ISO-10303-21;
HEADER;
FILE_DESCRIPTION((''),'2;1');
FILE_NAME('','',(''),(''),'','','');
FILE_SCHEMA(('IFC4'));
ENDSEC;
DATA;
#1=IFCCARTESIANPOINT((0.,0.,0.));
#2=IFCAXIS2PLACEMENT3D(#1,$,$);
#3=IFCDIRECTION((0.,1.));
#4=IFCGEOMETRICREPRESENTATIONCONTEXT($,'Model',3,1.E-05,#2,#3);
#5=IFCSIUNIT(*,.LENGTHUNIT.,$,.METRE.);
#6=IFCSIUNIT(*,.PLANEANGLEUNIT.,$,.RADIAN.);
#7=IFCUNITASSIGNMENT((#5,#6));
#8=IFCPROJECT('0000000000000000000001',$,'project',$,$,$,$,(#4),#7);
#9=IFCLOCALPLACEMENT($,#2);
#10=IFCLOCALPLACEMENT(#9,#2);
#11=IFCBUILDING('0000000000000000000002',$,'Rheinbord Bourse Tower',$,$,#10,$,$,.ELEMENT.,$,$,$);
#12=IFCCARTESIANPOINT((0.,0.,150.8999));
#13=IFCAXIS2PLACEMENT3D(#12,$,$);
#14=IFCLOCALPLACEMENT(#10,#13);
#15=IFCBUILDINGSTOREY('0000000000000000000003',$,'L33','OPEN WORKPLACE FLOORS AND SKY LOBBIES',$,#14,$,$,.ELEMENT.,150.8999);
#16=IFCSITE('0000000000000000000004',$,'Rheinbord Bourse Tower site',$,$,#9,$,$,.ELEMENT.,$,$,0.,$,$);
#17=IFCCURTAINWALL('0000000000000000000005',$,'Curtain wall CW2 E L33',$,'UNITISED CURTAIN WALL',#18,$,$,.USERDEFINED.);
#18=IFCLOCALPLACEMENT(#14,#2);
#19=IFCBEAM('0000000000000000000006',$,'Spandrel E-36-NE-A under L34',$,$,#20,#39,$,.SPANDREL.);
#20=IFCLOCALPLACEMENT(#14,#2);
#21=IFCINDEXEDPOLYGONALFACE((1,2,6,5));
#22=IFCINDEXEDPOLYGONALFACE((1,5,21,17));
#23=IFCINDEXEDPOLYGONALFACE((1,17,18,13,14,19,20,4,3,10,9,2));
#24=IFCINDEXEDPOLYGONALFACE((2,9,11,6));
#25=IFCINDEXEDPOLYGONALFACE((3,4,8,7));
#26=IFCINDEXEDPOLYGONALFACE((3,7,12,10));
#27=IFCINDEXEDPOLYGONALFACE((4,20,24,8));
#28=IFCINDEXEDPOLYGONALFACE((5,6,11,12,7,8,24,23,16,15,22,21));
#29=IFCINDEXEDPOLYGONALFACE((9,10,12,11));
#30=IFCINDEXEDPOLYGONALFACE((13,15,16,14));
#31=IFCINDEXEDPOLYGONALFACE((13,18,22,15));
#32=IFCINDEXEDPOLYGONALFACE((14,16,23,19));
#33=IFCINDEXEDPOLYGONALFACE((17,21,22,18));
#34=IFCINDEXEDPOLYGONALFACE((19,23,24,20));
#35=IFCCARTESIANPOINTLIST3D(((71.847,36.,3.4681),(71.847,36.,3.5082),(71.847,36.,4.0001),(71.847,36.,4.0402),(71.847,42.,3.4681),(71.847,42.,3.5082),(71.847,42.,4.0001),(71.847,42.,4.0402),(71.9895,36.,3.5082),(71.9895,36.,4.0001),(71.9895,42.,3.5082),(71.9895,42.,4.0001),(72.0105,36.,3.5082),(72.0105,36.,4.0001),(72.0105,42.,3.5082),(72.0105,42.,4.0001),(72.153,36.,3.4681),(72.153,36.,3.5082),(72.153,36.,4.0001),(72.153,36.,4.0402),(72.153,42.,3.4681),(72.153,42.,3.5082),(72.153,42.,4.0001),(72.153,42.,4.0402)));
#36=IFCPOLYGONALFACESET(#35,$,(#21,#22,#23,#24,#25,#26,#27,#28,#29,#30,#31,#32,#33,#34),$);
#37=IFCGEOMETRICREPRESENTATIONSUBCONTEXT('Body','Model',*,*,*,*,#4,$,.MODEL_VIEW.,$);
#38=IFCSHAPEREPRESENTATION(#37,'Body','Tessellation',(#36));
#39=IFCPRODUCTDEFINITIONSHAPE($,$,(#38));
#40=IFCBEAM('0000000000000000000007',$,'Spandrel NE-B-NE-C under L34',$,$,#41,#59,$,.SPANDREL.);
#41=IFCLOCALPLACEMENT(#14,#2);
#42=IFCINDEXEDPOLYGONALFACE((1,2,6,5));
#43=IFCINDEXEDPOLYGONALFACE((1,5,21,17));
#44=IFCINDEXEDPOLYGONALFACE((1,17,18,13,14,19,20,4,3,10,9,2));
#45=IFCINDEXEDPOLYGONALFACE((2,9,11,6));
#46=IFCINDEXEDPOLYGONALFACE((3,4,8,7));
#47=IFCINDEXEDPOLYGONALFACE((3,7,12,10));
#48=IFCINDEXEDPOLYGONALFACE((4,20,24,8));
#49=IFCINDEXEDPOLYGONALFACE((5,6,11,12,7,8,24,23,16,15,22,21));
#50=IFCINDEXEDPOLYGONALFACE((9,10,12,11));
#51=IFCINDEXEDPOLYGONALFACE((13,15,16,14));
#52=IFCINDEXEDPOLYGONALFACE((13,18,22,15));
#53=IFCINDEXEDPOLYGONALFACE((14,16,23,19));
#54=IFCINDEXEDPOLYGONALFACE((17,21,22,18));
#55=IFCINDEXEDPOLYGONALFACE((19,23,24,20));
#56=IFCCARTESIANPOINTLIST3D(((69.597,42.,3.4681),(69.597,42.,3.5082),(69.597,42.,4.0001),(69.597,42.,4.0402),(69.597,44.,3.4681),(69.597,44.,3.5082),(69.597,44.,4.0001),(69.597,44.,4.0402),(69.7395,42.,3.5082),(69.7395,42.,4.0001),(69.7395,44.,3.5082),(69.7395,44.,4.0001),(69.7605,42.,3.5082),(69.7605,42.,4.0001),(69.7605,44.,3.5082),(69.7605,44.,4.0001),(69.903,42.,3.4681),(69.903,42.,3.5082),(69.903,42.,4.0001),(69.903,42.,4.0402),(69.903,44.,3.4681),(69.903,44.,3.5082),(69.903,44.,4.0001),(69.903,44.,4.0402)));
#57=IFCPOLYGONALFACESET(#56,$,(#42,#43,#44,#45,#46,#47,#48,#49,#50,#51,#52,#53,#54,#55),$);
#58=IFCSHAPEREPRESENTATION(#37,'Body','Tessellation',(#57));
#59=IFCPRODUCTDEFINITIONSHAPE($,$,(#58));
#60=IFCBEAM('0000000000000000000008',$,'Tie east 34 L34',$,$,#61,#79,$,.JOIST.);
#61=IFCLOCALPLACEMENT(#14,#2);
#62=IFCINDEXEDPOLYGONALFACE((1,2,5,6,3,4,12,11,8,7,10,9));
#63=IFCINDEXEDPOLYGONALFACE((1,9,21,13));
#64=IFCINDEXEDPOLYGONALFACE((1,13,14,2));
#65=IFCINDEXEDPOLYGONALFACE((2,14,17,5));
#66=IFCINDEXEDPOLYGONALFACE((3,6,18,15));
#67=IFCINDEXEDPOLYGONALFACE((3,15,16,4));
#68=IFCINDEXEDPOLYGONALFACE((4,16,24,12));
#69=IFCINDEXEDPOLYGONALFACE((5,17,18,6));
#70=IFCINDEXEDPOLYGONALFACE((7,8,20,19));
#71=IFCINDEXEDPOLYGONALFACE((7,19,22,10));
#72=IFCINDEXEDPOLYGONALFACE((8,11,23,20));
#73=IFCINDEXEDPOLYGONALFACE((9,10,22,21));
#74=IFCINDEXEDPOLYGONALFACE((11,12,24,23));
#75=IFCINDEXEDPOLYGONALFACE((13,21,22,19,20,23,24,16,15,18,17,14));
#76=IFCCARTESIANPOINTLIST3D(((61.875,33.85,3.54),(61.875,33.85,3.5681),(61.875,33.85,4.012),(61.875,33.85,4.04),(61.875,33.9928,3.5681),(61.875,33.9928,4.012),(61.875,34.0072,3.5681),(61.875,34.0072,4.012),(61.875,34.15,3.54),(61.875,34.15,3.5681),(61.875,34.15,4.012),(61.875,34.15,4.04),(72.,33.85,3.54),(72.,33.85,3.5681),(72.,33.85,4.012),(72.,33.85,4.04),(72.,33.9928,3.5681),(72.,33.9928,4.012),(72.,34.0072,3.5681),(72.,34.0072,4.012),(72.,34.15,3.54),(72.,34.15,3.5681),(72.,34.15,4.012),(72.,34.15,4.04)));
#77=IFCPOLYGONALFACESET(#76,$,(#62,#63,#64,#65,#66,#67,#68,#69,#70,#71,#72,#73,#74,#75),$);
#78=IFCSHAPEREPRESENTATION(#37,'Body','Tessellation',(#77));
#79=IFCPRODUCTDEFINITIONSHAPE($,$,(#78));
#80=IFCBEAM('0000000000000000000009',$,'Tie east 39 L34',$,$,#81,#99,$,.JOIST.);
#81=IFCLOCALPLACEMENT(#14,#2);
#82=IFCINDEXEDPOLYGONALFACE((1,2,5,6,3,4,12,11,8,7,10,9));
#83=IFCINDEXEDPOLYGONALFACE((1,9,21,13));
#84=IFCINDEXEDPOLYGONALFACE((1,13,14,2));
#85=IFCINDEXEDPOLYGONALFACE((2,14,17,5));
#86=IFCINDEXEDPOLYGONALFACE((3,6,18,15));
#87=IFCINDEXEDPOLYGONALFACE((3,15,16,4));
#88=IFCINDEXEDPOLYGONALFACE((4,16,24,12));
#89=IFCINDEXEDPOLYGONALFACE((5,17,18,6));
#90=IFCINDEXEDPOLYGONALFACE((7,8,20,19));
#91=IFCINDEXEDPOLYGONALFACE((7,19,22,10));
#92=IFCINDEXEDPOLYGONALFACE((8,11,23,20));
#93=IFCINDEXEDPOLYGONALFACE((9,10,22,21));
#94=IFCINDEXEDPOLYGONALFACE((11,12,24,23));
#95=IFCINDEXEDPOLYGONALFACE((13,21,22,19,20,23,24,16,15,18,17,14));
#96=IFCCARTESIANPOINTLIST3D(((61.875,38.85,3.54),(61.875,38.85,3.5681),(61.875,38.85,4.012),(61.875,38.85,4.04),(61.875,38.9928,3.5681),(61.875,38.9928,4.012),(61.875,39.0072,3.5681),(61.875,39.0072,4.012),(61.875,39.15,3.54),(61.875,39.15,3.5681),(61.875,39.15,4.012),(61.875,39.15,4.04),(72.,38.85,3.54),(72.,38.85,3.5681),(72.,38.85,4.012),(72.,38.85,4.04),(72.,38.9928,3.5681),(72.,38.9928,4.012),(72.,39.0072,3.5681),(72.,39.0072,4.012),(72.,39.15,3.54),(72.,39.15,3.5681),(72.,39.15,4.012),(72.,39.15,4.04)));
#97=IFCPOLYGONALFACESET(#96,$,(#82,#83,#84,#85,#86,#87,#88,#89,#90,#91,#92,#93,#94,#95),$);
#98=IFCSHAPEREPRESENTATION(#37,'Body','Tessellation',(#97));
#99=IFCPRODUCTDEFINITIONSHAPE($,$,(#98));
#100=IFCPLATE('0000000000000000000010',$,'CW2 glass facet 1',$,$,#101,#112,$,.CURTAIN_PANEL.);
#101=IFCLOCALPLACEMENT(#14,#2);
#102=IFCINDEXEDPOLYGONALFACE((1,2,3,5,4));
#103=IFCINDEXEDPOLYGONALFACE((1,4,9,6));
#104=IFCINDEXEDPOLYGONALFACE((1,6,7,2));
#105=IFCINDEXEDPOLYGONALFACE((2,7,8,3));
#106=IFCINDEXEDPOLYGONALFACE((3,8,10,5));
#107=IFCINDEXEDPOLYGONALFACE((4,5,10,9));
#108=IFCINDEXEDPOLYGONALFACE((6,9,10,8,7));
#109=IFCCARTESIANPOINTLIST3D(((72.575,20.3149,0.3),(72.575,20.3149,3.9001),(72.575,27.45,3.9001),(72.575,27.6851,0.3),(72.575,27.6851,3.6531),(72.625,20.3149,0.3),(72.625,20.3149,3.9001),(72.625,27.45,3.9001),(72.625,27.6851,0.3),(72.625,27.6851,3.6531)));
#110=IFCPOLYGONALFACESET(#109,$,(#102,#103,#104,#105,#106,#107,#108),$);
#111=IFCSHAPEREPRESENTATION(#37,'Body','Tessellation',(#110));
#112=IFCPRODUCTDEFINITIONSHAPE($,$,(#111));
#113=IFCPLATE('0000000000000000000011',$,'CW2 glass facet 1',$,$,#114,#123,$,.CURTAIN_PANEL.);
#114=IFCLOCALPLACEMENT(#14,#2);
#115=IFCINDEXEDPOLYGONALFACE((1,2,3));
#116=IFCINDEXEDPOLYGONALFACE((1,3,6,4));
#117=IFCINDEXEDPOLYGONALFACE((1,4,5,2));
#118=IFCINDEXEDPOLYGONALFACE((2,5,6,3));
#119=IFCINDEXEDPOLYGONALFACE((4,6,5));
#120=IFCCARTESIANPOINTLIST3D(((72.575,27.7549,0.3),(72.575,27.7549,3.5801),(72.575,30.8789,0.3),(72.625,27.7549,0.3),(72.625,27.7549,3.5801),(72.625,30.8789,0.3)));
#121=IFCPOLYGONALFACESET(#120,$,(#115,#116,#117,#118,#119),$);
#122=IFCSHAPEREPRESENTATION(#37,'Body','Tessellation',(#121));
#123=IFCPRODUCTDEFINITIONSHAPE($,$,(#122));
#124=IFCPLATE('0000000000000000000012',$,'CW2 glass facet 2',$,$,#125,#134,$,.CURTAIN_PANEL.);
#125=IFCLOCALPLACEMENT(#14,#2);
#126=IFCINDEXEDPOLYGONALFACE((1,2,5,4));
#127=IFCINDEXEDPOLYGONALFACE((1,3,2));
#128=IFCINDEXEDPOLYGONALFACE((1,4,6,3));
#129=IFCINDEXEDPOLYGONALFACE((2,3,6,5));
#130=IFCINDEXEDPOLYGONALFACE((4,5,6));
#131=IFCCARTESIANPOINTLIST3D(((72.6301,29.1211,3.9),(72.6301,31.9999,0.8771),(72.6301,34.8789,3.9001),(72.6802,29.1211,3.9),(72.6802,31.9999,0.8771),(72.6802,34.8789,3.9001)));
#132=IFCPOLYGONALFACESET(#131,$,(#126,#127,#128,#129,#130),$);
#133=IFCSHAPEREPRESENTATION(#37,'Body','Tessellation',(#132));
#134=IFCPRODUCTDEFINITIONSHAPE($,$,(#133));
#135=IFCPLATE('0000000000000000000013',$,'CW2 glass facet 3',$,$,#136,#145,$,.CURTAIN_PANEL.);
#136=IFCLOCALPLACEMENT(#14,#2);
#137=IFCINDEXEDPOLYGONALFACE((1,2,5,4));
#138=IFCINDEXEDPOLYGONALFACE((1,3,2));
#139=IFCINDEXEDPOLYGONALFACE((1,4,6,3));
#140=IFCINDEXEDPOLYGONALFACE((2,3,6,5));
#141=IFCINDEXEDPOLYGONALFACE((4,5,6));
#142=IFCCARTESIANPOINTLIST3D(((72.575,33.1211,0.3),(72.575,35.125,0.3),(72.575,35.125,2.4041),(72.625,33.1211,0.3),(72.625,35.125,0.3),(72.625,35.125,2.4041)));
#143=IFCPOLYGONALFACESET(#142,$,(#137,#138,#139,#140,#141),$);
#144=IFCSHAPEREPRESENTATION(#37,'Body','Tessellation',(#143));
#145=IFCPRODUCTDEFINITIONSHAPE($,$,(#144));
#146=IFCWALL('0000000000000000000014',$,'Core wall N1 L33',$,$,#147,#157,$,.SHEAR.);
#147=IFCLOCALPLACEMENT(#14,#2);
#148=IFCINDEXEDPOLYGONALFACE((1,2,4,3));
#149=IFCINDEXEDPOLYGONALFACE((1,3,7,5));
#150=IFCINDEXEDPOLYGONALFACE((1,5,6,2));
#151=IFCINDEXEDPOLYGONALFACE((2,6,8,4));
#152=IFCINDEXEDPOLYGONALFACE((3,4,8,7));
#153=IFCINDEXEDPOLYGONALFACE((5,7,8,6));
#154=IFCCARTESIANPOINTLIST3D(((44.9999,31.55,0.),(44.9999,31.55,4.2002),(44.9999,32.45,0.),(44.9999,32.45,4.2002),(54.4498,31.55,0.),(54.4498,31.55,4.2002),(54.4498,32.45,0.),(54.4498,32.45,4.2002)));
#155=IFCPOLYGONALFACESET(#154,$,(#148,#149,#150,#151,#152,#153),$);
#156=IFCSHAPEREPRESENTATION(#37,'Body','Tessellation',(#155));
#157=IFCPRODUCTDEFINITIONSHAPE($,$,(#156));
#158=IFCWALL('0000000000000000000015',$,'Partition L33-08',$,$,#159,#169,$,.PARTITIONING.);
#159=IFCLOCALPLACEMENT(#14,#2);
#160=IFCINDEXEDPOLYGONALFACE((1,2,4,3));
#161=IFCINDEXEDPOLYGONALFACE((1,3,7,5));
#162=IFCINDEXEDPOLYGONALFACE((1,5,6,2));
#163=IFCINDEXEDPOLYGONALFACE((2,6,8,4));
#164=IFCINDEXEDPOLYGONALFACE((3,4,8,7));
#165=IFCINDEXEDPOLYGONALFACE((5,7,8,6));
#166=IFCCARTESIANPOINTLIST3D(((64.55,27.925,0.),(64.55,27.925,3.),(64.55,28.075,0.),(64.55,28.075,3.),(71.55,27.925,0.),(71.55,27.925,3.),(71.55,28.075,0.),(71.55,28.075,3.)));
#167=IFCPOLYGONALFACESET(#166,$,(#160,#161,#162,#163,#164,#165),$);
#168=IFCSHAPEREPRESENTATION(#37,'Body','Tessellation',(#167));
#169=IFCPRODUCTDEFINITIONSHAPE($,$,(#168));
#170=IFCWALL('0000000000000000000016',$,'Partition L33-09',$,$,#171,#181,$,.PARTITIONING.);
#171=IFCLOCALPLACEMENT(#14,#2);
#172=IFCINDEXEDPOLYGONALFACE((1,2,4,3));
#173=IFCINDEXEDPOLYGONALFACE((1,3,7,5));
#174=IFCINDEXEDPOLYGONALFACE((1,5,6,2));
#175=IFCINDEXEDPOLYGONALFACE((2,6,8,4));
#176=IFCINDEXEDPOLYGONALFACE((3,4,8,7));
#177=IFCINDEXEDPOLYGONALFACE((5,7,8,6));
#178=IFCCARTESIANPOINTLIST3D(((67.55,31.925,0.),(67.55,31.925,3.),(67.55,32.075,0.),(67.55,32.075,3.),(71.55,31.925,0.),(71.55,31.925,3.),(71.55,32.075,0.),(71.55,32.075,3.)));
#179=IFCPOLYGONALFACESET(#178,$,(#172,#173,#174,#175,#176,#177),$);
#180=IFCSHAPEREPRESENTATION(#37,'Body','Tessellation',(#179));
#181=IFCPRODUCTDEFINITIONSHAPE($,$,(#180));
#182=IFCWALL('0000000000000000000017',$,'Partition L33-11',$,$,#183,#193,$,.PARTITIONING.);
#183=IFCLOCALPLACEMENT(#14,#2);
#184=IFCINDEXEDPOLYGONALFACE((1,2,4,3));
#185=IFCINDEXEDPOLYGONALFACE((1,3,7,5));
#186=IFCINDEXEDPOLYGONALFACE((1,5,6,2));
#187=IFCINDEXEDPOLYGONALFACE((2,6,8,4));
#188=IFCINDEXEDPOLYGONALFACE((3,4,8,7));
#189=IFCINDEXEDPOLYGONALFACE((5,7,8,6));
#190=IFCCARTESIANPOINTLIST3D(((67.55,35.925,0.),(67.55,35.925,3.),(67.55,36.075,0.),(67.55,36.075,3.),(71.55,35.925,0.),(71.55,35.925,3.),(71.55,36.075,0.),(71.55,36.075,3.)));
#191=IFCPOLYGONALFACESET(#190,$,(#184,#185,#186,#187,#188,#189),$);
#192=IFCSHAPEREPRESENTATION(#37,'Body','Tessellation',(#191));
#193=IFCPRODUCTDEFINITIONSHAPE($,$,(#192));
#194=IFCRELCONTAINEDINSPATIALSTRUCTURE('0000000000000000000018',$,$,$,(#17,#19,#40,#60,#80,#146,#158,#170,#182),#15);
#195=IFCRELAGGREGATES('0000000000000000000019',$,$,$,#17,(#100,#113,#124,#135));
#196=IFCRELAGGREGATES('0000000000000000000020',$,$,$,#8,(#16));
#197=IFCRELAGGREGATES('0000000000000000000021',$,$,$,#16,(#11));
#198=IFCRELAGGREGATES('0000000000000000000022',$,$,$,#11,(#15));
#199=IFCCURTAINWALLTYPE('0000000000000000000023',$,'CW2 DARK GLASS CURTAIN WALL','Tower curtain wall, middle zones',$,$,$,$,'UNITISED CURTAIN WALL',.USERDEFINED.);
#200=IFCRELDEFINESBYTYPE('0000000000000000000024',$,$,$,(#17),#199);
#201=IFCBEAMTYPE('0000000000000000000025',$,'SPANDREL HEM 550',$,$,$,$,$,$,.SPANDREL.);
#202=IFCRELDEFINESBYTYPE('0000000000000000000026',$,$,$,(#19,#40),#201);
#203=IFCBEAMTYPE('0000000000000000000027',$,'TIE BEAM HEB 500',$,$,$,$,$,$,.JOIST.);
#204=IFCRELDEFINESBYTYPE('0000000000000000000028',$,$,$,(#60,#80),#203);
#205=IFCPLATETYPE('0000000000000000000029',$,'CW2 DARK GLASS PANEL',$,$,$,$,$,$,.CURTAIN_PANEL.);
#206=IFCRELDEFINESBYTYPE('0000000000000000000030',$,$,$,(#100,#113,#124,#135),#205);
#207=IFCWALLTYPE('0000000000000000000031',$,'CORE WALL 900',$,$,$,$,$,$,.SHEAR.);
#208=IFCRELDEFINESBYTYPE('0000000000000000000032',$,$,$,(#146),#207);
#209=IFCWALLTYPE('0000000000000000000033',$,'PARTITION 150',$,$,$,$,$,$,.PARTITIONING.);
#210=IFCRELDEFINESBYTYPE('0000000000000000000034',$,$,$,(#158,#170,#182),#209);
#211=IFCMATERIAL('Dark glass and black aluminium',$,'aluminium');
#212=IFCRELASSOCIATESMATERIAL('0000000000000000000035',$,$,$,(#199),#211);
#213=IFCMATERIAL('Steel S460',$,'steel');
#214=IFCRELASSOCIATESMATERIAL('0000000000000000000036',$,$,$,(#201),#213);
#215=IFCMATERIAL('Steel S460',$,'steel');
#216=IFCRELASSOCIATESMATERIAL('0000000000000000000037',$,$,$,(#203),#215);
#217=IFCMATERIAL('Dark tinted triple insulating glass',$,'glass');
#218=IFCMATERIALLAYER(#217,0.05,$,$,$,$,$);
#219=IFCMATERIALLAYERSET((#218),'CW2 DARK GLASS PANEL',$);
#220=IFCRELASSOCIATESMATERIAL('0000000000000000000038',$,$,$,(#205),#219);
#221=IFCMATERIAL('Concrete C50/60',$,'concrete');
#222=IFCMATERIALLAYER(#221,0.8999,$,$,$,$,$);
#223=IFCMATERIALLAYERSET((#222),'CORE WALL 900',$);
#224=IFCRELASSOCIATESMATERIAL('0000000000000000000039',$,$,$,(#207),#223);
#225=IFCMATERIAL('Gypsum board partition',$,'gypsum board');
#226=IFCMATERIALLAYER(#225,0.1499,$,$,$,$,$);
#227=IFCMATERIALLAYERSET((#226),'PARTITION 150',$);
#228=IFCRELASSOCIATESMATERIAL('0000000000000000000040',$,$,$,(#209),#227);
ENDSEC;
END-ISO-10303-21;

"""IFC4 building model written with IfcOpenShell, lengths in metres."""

from ifc_helpers import new_model, si_unit, direction, frame, frame_2d, origin, origin_2d, place, context, subcontext, project, spatial, polyline, rectangle, i_section, outline, extrude, material, layer, layer_set, material_profile, profile_set, type_object, element, aggregate, save


model = new_model("IFC4")

# Units and contexts
model_context = context("Model", 3, precision=1e-05, world=origin(), true_north=direction((0.0, 1.0)))
body_context = subcontext(model_context, "Body", "Model", "MODEL_VIEW")
ifc_project = project(units=[si_unit("LENGTHUNIT", "METRE"), si_unit("PLANEANGLEUNIT", "RADIAN")], contexts=[model_context])

# Site, building, storey
site_placement = place(None, origin())
site = spatial("IfcSite", under=ifc_project, at=site_placement, Name="Rheinbord Bourse Tower site", CompositionType="ELEMENT", RefElevation=0.0)
building_placement = place(site_placement, origin())
building = spatial("IfcBuilding", under=site, at=building_placement, Name="Rheinbord Bourse Tower", CompositionType="ELEMENT")
storey_placement = place(building_placement, frame((0.0, 0.0, 150.8999)))
storey = spatial("IfcBuildingStorey", under=building, at=storey_placement, Name="L33", Description="OPEN WORKPLACE FLOORS AND SKY LOBBIES", CompositionType="ELEMENT", Elevation=150.8999)

# Curtain wall
ifc_material_1 = material(Name="Dark glass and black aluminium", Category="aluminium")
curtain_wall_type = type_object("IfcCurtainWallType", Name="CW2 DARK GLASS CURTAIN WALL", Description="Tower curtain wall, middle zones", ElementType="UNITISED CURTAIN WALL", PredefinedType="USERDEFINED", material=ifc_material_1)
curtain_wall_placement = place(storey_placement, origin())
curtain_wall = element("IfcCurtainWall", 1, at=curtain_wall_placement, inside=storey, type_object=curtain_wall_type, Name="Curtain wall CW2 E L33", ObjectType="UNITISED CURTAIN WALL", PredefinedType="USERDEFINED")

# Beams
ifc_material_2 = material(Name="Steel S460", Category="steel")
ifc_material_profile_1 = material_profile(ifc_material_2, i_section(OverallWidth=0.3059, OverallDepth=0.572, WebThickness=0.021, FlangeThickness=0.04, at=origin_2d()), Name="HEM 550")
ifc_profile_set_1 = profile_set([ifc_material_profile_1], Name="Steel S460")
beam_type_1 = type_object("IfcBeamType", Name="SPANDREL HEM 550", PredefinedType="SPANDREL", material=ifc_profile_set_1)
beam_1_placement = place(storey_placement, frame((72.0, 36.0, 3.7542), z_axis=(0.0, 1.0, 0.0), x_axis=(-1.0, 0.0, 0.0)))
element("IfcBeam", 2, at=beam_1_placement, inside=storey, type_object=beam_type_1, Name="Spandrel E-36-NE-A under L34", PredefinedType="SPANDREL", context=body_context, shape_type="SweptSolid", body=[
    extrude(i_section(OverallWidth=0.3059, OverallDepth=0.572, WebThickness=0.021, FlangeThickness=0.04, at=origin_2d()), origin(), (0.0, 0.0, 1.0), 6.0),
])
beam_2_placement = place(storey_placement, frame((69.75, 42.0, 3.7542), z_axis=(0.0, 1.0, 0.0), x_axis=(-1.0, 0.0, 0.0)))
element("IfcBeam", 3, at=beam_2_placement, inside=storey, type_object=beam_type_1, Name="Spandrel NE-B-NE-C under L34", PredefinedType="SPANDREL", context=body_context, shape_type="SweptSolid", body=[
    extrude(i_section(OverallWidth=0.3059, OverallDepth=0.572, WebThickness=0.021, FlangeThickness=0.04, at=origin_2d()), origin(), (0.0, 0.0, 1.0), 2.0),
])
ifc_material_3 = material(Name="Steel S460", Category="steel")
ifc_material_profile_2 = material_profile(ifc_material_3, i_section(OverallWidth=0.3, OverallDepth=0.5, WebThickness=0.0144, FlangeThickness=0.0281, at=origin_2d()), Name="HEB 500")
ifc_profile_set_2 = profile_set([ifc_material_profile_2], Name="Steel S460")
beam_type_2 = type_object("IfcBeamType", Name="TIE BEAM HEB 500", PredefinedType="JOIST", material=ifc_profile_set_2)
for number, where, z_axis, x_axis, name in (
    (4, (61.875, 34.0, 3.79), (1.0, 0.0, 0.0), (0.0, 1.0, 0.0), "Tie east 34 L34"),
    (5, (61.875, 39.0, 3.79), (1.0, 0.0, 0.0), (0.0, 1.0, 0.0), "Tie east 39 L34"),
):
    element("IfcBeam", number, at=place(storey_placement, frame(where, z_axis=z_axis, x_axis=x_axis)), inside=storey, type_object=beam_type_2, Name=name, PredefinedType="JOIST", context=body_context, shape_type="SweptSolid", body=[
        extrude(i_section(OverallWidth=0.3, OverallDepth=0.5, WebThickness=0.0144, FlangeThickness=0.0281, at=origin_2d()), origin(), (0.0, 0.0, 1.0), 10.125),
    ])

# Plates
ifc_material_4 = material(Name="Dark tinted triple insulating glass", Category="glass")
ifc_layer_1 = layer(ifc_material_4, 0.05)
ifc_layer_set_1 = layer_set([ifc_layer_1], Name="CW2 DARK GLASS PANEL")
plate_type = type_object("IfcPlateType", Name="CW2 DARK GLASS PANEL", PredefinedType="CURTAIN_PANEL", material=ifc_layer_set_1)
plate_1_placement = place(storey_placement, frame((72.625, 27.6851, 0.3), z_axis=(-1.0, 0.0, 0.0), x_axis=(0.0, -1.0, 0.0)))
plate_1 = element("IfcPlate", 6, at=plate_1_placement, type_object=plate_type, Name="CW2 glass facet 1", PredefinedType="CURTAIN_PANEL", context=body_context, shape_type="SweptSolid", body=[
    extrude(outline(polyline([(0.0, 0.0), (7.3701, 0.0), (7.3701, 3.6001), (0.2351, 3.6001), (0.0, 3.353), (0.0, 0.0)])), origin(), (0.0, 0.0, 1.0), 0.05),
])
plate_2_placement = place(storey_placement, frame((72.625, 27.7549, 0.3), z_axis=(-1.0, 0.0, 0.0), x_axis=(0.0, 0.0, 1.0)))
plate_2 = element("IfcPlate", 7, at=plate_2_placement, type_object=plate_type, Name="CW2 glass facet 1", PredefinedType="CURTAIN_PANEL", context=body_context, shape_type="SweptSolid", body=[
    extrude(outline(polyline([(0.0, 0.0), (3.28, 0.0), (0.0, 3.124), (0.0, 0.0)])), origin(), (0.0, 0.0, 1.0), 0.05),
])
plate_3_placement = place(storey_placement, frame((72.6802, 34.8789, 3.9001), z_axis=(-1.0, 0.0, 0.0), x_axis=(0.0, -0.689643, -0.724149)))
plate_3 = element("IfcPlate", 8, at=plate_3_placement, type_object=plate_type, Name="CW2 glass facet 2", PredefinedType="CURTAIN_PANEL", context=body_context, shape_type="SweptSolid", body=[
    extrude(outline(polyline([(0.0, 0.0), (4.1746, 0.0), (3.9709, 4.1694), (0.0, 0.0)])), origin(), (0.0, 0.0, 1.0), 0.05),
])
plate_4_placement = place(storey_placement, frame((72.625, 35.125, 0.3), z_axis=(-1.0, 0.0, 0.0), x_axis=(0.0, -1.0, 0.0)))
plate_4 = element("IfcPlate", 9, at=plate_4_placement, type_object=plate_type, Name="CW2 glass facet 3", PredefinedType="CURTAIN_PANEL", context=body_context, shape_type="SweptSolid", body=[
    extrude(outline(polyline([(0.0, 0.0), (2.0039, 0.0), (0.0, 2.104), (0.0, 0.0)])), origin(), (0.0, 0.0, 1.0), 0.05),
])
aggregate(curtain_wall, [plate_1, plate_2, plate_3, plate_4])

# Walls
ifc_material_5 = material(Name="Concrete C50/60", Category="concrete")
ifc_layer_2 = layer(ifc_material_5, 0.8999)
ifc_layer_set_2 = layer_set([ifc_layer_2], Name="CORE WALL 900")
wall_type_1 = type_object("IfcWallType", Name="CORE WALL 900", PredefinedType="SHEAR", material=ifc_layer_set_2)
wall_1_placement = place(storey_placement, frame((54.45, 32.0, 0.0), z_axis=(0.0, 0.0, 1.0), x_axis=(-1.0, 0.0, 0.0)))
element("IfcWall", 10, at=wall_1_placement, inside=storey, type_object=wall_type_1, Name="Core wall N1 L33", PredefinedType="SHEAR", context=body_context, shape_type="SweptSolid", body=[
    extrude(rectangle(XDim=9.45, YDim=0.8999, at=frame_2d((4.7251, 0.0))), origin(), (0.0, 0.0, 1.0), 4.2002),
])
ifc_material_6 = material(Name="Gypsum board partition", Category="gypsum board")
ifc_layer_3 = layer(ifc_material_6, 0.1499)
ifc_layer_set_3 = layer_set([ifc_layer_3], Name="PARTITION 150")
wall_type_2 = type_object("IfcWallType", Name="PARTITION 150", PredefinedType="PARTITIONING", material=ifc_layer_set_3)
wall_2_placement = place(storey_placement, frame((64.55, 28.0, 0.0), z_axis=(0.0, 0.0, 1.0), x_axis=(1.0, 0.0, 0.0)))
element("IfcWall", 11, at=wall_2_placement, inside=storey, type_object=wall_type_2, Name="Partition L33-08", PredefinedType="PARTITIONING", context=body_context, shape_type="SweptSolid", body=[
    extrude(rectangle(XDim=7.0, YDim=0.1499, at=frame_2d((3.5, 0.0))), origin(), (0.0, 0.0, 1.0), 3.0),
])
for number, where, z_axis, x_axis, name in (
    (12, (67.55, 32.0, 0.0), (0.0, 0.0, 1.0), (1.0, 0.0, 0.0), "Partition L33-09"),
    (13, (67.55, 36.0, 0.0), (0.0, 0.0, 1.0), (1.0, 0.0, 0.0), "Partition L33-11"),
):
    element("IfcWall", number, at=place(storey_placement, frame(where, z_axis=z_axis, x_axis=x_axis)), inside=storey, type_object=wall_type_2, Name=name, PredefinedType="PARTITIONING", context=body_context, shape_type="SweptSolid", body=[
        extrude(rectangle(XDim=4.0, YDim=0.1499, at=frame_2d((2.0, 0.0))), origin(), (0.0, 0.0, 1.0), 3.0),
    ])

save(model, "model.ifc")
